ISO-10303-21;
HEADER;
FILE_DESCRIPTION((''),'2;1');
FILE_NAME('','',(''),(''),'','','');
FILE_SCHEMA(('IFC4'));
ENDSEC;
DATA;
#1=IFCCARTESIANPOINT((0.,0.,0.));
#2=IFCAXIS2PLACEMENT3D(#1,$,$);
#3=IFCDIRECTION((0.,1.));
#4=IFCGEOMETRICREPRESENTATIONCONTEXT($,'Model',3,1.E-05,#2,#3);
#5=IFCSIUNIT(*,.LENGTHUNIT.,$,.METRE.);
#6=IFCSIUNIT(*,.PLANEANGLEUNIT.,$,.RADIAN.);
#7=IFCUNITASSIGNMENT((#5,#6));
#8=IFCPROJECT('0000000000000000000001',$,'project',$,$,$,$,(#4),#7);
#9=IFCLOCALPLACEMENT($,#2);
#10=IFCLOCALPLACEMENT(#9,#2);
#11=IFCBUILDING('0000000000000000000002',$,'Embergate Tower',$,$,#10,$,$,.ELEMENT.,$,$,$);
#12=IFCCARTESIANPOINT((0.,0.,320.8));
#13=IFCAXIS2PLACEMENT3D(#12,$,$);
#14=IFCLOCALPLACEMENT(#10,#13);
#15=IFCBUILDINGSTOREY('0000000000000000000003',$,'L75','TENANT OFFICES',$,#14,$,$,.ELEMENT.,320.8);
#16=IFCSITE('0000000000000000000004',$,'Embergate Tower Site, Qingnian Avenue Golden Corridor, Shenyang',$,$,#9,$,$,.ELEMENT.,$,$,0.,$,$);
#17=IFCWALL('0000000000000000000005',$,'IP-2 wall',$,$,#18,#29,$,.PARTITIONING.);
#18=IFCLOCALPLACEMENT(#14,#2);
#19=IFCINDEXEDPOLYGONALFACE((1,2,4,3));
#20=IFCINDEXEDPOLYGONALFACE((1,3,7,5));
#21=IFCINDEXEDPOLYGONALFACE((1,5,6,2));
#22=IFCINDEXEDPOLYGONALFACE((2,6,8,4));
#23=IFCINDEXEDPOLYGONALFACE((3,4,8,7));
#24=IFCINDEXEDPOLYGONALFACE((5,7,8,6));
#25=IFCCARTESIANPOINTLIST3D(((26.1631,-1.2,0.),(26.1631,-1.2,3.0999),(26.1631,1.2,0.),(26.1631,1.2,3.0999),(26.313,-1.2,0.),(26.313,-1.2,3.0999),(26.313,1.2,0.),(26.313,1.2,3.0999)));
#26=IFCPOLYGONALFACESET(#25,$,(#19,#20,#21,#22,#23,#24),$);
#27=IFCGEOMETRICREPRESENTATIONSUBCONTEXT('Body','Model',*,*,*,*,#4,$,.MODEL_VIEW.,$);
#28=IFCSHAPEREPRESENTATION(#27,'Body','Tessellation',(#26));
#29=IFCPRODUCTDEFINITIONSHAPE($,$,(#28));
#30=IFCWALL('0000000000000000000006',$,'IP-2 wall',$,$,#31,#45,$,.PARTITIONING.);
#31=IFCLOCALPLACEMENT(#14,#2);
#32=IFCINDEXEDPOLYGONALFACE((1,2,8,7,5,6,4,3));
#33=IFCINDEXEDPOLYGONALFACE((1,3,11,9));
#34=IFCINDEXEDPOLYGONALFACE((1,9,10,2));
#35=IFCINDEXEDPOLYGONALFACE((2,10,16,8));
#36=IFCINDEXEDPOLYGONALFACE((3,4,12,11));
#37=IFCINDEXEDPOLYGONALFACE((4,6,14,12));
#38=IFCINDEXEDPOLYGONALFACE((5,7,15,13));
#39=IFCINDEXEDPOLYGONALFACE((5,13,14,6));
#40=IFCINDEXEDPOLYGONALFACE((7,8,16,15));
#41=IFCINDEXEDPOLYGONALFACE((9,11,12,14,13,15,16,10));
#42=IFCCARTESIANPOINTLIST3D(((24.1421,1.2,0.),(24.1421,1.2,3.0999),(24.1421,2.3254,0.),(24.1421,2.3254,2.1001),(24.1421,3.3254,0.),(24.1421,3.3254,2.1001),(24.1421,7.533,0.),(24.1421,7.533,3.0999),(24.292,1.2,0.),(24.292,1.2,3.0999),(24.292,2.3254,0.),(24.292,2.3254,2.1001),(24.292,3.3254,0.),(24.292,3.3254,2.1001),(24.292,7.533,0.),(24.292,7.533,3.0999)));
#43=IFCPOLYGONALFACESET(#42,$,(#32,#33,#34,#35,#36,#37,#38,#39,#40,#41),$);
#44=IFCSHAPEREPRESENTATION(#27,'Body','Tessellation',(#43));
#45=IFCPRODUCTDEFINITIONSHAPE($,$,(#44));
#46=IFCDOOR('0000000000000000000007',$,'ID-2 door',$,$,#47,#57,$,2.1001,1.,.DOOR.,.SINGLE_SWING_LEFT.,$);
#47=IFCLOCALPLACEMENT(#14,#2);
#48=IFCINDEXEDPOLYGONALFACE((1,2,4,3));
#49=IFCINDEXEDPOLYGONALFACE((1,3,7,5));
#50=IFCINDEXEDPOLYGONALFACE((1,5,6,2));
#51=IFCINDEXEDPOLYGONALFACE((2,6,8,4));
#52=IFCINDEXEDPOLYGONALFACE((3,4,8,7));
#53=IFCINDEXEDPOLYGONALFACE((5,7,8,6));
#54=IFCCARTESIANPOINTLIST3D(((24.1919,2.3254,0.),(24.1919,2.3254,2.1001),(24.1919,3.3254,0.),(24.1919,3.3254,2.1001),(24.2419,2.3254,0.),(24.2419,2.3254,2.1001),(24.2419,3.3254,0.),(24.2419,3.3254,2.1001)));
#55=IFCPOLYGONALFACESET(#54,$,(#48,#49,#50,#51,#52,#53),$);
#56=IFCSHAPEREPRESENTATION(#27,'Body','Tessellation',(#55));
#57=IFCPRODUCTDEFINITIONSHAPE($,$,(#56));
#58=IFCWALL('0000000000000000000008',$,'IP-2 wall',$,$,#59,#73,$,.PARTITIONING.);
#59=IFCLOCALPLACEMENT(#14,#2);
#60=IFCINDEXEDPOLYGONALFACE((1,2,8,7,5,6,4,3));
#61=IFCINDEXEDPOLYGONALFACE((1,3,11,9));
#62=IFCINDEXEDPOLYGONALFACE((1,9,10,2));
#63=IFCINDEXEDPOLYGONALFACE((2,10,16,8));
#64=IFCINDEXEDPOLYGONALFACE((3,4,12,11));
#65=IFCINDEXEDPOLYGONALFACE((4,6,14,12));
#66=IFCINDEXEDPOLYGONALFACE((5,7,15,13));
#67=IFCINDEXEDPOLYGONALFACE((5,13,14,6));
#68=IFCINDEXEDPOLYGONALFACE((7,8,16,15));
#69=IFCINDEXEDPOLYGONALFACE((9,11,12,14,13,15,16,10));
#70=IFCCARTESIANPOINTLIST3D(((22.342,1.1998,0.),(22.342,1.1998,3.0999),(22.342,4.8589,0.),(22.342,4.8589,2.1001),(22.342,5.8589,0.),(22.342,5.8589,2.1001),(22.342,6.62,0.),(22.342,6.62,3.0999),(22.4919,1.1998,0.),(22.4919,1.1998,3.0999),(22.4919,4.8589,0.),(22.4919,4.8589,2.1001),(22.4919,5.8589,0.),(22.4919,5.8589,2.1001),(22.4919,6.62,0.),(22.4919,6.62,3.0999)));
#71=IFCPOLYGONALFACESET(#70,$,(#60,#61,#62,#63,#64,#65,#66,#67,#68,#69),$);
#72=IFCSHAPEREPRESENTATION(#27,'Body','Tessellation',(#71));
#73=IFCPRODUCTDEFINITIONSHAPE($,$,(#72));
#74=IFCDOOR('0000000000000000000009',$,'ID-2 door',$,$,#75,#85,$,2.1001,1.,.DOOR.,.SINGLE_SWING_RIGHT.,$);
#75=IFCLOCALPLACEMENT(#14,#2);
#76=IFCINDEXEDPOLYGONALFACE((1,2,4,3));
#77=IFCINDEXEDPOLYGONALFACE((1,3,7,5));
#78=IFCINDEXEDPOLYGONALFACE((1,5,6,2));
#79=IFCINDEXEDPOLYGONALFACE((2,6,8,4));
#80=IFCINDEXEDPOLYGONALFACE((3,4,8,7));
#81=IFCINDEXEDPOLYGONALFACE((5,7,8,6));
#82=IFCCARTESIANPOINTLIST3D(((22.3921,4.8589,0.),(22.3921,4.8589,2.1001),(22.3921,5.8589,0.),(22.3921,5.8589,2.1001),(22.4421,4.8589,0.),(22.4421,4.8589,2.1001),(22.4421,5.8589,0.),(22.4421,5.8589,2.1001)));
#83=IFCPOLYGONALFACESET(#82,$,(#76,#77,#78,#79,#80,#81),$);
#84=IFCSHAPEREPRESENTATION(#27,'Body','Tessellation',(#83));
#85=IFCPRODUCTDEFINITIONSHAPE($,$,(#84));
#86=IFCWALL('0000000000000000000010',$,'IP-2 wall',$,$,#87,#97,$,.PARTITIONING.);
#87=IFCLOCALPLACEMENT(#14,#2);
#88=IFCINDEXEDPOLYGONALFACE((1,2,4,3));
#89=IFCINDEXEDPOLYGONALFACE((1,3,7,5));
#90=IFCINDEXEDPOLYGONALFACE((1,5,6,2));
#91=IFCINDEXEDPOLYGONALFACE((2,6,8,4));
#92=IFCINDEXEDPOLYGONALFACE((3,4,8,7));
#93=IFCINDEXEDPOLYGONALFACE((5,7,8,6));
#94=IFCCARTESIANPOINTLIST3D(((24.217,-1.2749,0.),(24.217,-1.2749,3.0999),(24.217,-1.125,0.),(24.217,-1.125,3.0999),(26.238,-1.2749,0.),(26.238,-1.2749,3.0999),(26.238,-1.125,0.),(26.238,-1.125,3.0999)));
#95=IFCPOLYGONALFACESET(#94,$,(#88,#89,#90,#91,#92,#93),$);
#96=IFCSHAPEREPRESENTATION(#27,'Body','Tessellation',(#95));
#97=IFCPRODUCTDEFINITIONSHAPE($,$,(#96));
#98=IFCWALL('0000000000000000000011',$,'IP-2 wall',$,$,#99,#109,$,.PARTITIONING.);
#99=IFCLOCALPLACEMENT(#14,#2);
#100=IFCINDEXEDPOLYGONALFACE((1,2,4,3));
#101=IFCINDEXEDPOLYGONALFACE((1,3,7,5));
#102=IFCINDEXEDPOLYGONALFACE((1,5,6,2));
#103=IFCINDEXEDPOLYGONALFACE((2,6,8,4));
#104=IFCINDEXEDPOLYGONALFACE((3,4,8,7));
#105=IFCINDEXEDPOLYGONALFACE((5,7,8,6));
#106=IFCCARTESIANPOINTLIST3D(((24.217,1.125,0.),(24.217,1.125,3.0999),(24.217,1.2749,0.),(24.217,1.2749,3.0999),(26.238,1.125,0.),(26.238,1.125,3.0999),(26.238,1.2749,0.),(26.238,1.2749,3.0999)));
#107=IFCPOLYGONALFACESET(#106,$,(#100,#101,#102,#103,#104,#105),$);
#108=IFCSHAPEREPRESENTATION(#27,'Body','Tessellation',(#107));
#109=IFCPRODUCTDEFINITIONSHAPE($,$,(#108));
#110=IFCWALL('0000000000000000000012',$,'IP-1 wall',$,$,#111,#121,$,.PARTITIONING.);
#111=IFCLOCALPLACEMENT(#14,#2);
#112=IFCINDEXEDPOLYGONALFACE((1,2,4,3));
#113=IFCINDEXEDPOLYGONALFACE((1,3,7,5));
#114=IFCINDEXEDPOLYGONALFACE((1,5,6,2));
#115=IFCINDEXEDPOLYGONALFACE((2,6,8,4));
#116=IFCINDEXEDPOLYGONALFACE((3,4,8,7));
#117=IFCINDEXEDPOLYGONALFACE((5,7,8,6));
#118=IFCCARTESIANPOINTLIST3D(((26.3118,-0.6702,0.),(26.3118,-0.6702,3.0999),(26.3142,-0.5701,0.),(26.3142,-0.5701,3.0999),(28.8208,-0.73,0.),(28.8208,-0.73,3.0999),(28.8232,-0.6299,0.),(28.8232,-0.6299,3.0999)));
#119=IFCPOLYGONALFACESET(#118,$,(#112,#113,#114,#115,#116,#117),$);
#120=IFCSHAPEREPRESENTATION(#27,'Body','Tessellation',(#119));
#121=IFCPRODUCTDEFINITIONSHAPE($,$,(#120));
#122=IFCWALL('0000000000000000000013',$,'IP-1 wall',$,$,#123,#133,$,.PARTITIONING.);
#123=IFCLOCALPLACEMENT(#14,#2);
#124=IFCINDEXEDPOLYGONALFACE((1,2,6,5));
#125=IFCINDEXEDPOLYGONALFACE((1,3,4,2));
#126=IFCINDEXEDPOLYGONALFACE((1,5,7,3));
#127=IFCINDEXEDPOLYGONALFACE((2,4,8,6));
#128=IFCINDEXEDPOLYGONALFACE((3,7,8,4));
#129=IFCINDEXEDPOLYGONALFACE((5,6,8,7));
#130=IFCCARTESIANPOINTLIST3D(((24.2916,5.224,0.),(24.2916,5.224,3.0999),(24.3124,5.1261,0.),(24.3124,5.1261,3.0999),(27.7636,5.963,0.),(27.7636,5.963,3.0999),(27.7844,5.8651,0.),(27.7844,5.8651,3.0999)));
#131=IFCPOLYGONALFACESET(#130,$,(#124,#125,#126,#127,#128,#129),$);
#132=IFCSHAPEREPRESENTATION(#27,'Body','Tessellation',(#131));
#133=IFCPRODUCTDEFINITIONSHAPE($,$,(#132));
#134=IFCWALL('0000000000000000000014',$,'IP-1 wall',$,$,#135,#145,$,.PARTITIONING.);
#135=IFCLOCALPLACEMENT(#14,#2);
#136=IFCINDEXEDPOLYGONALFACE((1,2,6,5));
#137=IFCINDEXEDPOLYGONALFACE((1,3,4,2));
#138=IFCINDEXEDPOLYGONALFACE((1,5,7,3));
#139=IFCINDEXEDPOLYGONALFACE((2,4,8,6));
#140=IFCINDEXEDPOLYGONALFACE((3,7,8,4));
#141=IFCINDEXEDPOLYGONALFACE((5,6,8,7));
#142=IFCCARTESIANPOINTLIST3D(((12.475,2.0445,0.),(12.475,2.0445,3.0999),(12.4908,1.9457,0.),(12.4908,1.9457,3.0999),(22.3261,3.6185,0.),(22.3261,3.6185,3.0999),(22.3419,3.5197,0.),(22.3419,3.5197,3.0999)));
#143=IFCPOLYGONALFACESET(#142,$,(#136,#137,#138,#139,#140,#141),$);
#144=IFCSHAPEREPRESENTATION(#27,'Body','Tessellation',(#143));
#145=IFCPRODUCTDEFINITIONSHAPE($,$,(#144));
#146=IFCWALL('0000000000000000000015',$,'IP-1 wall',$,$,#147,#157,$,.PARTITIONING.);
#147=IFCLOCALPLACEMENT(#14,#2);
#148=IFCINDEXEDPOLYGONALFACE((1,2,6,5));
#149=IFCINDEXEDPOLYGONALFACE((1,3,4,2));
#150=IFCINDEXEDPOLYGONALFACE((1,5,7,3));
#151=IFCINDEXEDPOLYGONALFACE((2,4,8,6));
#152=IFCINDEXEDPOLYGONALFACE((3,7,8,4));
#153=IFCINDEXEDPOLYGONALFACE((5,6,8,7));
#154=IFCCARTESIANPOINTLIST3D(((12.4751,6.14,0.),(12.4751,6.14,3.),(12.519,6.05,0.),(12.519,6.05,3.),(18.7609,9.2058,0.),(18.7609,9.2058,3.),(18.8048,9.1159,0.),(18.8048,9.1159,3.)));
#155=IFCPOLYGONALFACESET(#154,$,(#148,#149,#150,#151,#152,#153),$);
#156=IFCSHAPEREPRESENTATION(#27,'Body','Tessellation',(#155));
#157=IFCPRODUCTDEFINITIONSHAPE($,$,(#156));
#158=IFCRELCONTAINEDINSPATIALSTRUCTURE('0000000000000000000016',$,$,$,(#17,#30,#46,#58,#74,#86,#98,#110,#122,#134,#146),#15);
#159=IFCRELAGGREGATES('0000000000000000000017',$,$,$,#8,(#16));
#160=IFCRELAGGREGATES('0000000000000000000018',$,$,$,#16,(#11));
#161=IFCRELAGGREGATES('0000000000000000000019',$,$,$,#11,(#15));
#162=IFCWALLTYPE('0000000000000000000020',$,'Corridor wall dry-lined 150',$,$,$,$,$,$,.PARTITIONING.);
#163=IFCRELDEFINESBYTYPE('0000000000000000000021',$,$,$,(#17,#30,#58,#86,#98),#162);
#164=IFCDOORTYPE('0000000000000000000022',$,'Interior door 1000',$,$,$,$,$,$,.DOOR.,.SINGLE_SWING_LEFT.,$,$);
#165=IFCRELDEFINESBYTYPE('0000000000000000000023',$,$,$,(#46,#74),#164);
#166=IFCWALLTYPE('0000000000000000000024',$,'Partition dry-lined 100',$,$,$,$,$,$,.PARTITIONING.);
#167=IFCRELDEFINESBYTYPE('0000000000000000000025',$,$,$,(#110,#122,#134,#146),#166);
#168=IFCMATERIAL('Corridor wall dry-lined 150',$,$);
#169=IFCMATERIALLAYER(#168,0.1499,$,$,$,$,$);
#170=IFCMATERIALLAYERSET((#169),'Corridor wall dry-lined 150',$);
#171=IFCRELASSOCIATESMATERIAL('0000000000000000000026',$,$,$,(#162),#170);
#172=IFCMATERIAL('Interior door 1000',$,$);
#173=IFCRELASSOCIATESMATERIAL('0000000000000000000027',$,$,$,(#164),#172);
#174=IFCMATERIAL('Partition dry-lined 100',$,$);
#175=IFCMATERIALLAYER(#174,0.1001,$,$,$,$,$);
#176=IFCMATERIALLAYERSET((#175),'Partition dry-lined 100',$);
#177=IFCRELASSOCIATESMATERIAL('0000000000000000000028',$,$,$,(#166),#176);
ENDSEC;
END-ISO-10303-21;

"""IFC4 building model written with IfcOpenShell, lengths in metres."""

from ifc_helpers import new_model, si_unit, direction, frame, frame_2d, origin, place, context, subcontext, project, spatial, rectangle, extrude, source, transform, mapped, material, layer, layer_set, type_object, element, fill, save


model = new_model("IFC4")

# Units and contexts
model_context = context("Model", 3, precision=1e-05, world=origin(), true_north=direction((0.0, 1.0)))
body_context = subcontext(model_context, "Body", "Model", "MODEL_VIEW")
ifc_project = project(units=[si_unit("LENGTHUNIT", "METRE"), si_unit("PLANEANGLEUNIT", "RADIAN")], contexts=[model_context])

# Site, building, storey
site_placement = place(None, origin())
site = spatial("IfcSite", under=ifc_project, at=site_placement, Name="Embergate Tower Site, Qingnian Avenue Golden Corridor, Shenyang", CompositionType="ELEMENT", RefElevation=0.0)
building_placement = place(site_placement, origin())
building = spatial("IfcBuilding", under=site, at=building_placement, Name="Embergate Tower", CompositionType="ELEMENT")
storey_placement = place(building_placement, frame((0.0, 0.0, 320.8)))
storey = spatial("IfcBuildingStorey", under=building, at=storey_placement, Name="L75", Description="TENANT OFFICES", CompositionType="ELEMENT", Elevation=320.8)

# Wall
ifc_material_1 = material(Name="Corridor wall dry-lined 150")
ifc_layer_1 = layer(ifc_material_1, 0.1499)
ifc_layer_set_1 = layer_set([ifc_layer_1], Name="Corridor wall dry-lined 150")
wall_type_1 = type_object("IfcWallType", Name="Corridor wall dry-lined 150", PredefinedType="PARTITIONING", material=ifc_layer_set_1)
shared_shape_1 = source(origin(), body_context, "Body", "SweptSolid", [
    extrude(rectangle(XDim=2.3999, YDim=0.1499, at=frame_2d((1.2, 0.0))), origin(), (0.0, 0.0, 1.0), 3.0999),
])
wall_1_placement = place(storey_placement, frame((26.238, 1.2, 0.0), z_axis=(0.0, 0.0, 1.0), x_axis=(0.0, -1.0, 0.0)))
element("IfcWall", 1, at=wall_1_placement, inside=storey, type_object=wall_type_1, Name="IP-2 wall", PredefinedType="PARTITIONING", context=body_context, shape_type="MappedRepresentation", body=[
    mapped(shared_shape_1, transform((0.0, 0.0, 0.0))),
])

# Walls, openings, doors
shared_shape_2 = source(origin(), body_context, "Body", "SweptSolid", [
    extrude(rectangle(XDim=6.333, YDim=0.1499, at=frame_2d((3.1665, 0.0))), origin(), (0.0, 0.0, 1.0), 3.0999),
])
wall_2_placement = place(storey_placement, frame((24.217, 7.533, 0.0), z_axis=(0.0, 0.0, 1.0), x_axis=(0.0, -1.0, 0.0)))
wall_2 = element("IfcWall", 2, at=wall_2_placement, inside=storey, type_object=wall_type_1, Name="IP-2 wall", PredefinedType="PARTITIONING", context=body_context, shape_type="MappedRepresentation", body=[
    mapped(shared_shape_2, transform((0.0, 0.0, 0.0))),
])
shared_shape_3 = source(origin(), body_context, "Body", "SweptSolid", [
    extrude(rectangle(XDim=1.0, YDim=2.1001, at=frame_2d((0.5, 1.05))), frame((0.0, 0.085, 0.0), z_axis=(0.0, -1.0, 0.0), x_axis=(1.0, 0.0, 0.0)), (0.0, 0.0, 1.0), 0.1699),
])
opening_1_placement = place(wall_2_placement, frame((4.2075, 0.0, 0.0)))
opening_1 = element("IfcOpeningElement", 3, at=opening_1_placement, cuts=wall_2, PredefinedType="OPENING", context=body_context, shape_type="MappedRepresentation", body=[
    mapped(shared_shape_3, transform((0.0, 0.0, 0.0))),
])
ifc_material_2 = material(Name="Interior door 1000")
door_type = type_object("IfcDoorType", Name="Interior door 1000", OperationType="SINGLE_SWING_LEFT", PredefinedType="DOOR", material=ifc_material_2)
shared_shape_4 = source(origin(), body_context, "Body", "SweptSolid", [
    extrude(rectangle(XDim=1.0, YDim=2.1001, at=frame_2d((0.5, 1.05))), frame((0.0, 0.0249, 0.0), z_axis=(0.0, -1.0, 0.0), x_axis=(1.0, 0.0, 0.0)), (0.0, 0.0, 1.0), 0.05),
])
door_1_placement = place(opening_1_placement, origin())
door_1 = element("IfcDoor", 4, at=door_1_placement, inside=storey, type_object=door_type, Name="ID-2 door", OperationType="SINGLE_SWING_LEFT", OverallHeight=2.1001, OverallWidth=1.0, PredefinedType="DOOR", context=body_context, shape_type="MappedRepresentation", body=[
    mapped(shared_shape_4, transform((0.0, 0.0, 0.0))),
])
fill(opening_1, door_1)
shared_shape_5 = source(origin(), body_context, "Body", "SweptSolid", [
    extrude(rectangle(XDim=5.4202, YDim=0.1499, at=frame_2d((2.71, 0.0))), origin(), (0.0, 0.0, 1.0), 3.0999),
])
wall_3_placement = place(storey_placement, frame((22.417, 1.2, 0.0), z_axis=(0.0, 0.0, 1.0), x_axis=(0.0, 1.0, 0.0)))
wall_3 = element("IfcWall", 5, at=wall_3_placement, inside=storey, type_object=wall_type_1, Name="IP-2 wall", PredefinedType="PARTITIONING", context=body_context, shape_type="MappedRepresentation", body=[
    mapped(shared_shape_5, transform((0.0, 0.0, 0.0))),
])
opening_2_placement = place(wall_3_placement, frame((3.6589, 0.0, 0.0)))
opening_2 = element("IfcOpeningElement", 6, at=opening_2_placement, cuts=wall_3, PredefinedType="OPENING", context=body_context, shape_type="MappedRepresentation", body=[
    mapped(shared_shape_3, transform((0.0, 0.0, 0.0))),
])
door_2_placement = place(opening_2_placement, origin())
door_2 = element("IfcDoor", 7, at=door_2_placement, inside=storey, type_object=door_type, Name="ID-2 door", OperationType="SINGLE_SWING_RIGHT", OverallHeight=2.1001, OverallWidth=1.0, PredefinedType="DOOR", context=body_context, shape_type="MappedRepresentation", body=[
    mapped(shared_shape_4, transform((0.0, 0.0, 0.0))),
])
fill(opening_2, door_2)

# Walls
shared_shape_6 = source(origin(), body_context, "Body", "SweptSolid", [
    extrude(rectangle(XDim=2.021, YDim=0.1499, at=frame_2d((1.0105, 0.0))), origin(), (0.0, 0.0, 1.0), 3.0999),
])
for number, where, z_axis, x_axis, name in (
    (8, (26.238, -1.2, 0.0), (0.0, 0.0, 1.0), (-1.0, 0.0, 0.0), "IP-2 wall"),
    (9, (24.217, 1.2, 0.0), (0.0, 0.0, 1.0), (1.0, 0.0, 0.0), "IP-2 wall"),
):
    element("IfcWall", number, at=place(storey_placement, frame(where, z_axis=z_axis, x_axis=x_axis)), inside=storey, type_object=wall_type_1, Name=name, PredefinedType="PARTITIONING", context=body_context, shape_type="MappedRepresentation", body=[
        mapped(shared_shape_6, transform((0.0, 0.0, 0.0))),
    ])
ifc_material_3 = material(Name="Partition dry-lined 100")
ifc_layer_2 = layer(ifc_material_3, 0.1001)
ifc_layer_set_2 = layer_set([ifc_layer_2], Name="Partition dry-lined 100")
wall_type_2 = type_object("IfcWallType", Name="Partition dry-lined 100", PredefinedType="PARTITIONING", material=ifc_layer_set_2)
shared_shape_7 = source(origin(), body_context, "Body", "SweptSolid", [
    extrude(rectangle(XDim=2.5098, YDim=0.1001, at=frame_2d((1.2549, 0.0))), origin(), (0.0, 0.0, 1.0), 3.0999),
])
wall_4_placement = place(storey_placement, frame((26.313, -0.6201, 0.0), z_axis=(0.0, 0.0, 1.0), x_axis=(0.999716, -0.023833, 0.0)))
element("IfcWall", 10, at=wall_4_placement, inside=storey, type_object=wall_type_2, Name="IP-1 wall", PredefinedType="PARTITIONING", context=body_context, shape_type="MappedRepresentation", body=[
    mapped(shared_shape_7, transform((0.0, 0.0, 0.0))),
])
shared_shape_8 = source(origin(), body_context, "Body", "SweptSolid", [
    extrude(rectangle(XDim=3.5498, YDim=0.1001, at=frame_2d((1.7749, 0.0))), origin(), (0.0, 0.0, 1.0), 3.0999),
])
wall_5_placement = place(storey_placement, frame((24.302, 5.175, 0.0), z_axis=(0.0, 0.0, 1.0), x_axis=(0.978088, 0.20819, 0.0)))
element("IfcWall", 11, at=wall_5_placement, inside=storey, type_object=wall_type_2, Name="IP-1 wall", PredefinedType="PARTITIONING", context=body_context, shape_type="MappedRepresentation", body=[
    mapped(shared_shape_8, transform((0.0, 0.0, 0.0))),
])
shared_shape_9 = source(origin(), body_context, "Body", "SweptSolid", [
    extrude(rectangle(XDim=9.9761, YDim=0.1001, at=frame_2d((4.988, 0.0))), origin(), (0.0, 0.0, 1.0), 3.0999),
])
wall_6_placement = place(storey_placement, frame((22.334, 3.5691, 0.0), z_axis=(0.0, 0.0, 1.0), x_axis=(-0.987475, -0.157776, 0.0)))
element("IfcWall", 12, at=wall_6_placement, inside=storey, type_object=wall_type_2, Name="IP-1 wall", PredefinedType="PARTITIONING", context=body_context, shape_type="MappedRepresentation", body=[
    mapped(shared_shape_9, transform((0.0, 0.0, 0.0))),
])
shared_shape_10 = source(origin(), body_context, "Body", "SweptSolid", [
    extrude(rectangle(XDim=6.9937, YDim=0.1001, at=frame_2d((3.4968, 0.0))), origin(), (0.0, 0.0, 1.0), 3.0),
])
wall_7_placement = place(storey_placement, frame((12.4971, 6.095, 0.0), z_axis=(0.0, 0.0, 1.0), x_axis=(0.898789, 0.438381, 0.0)))
element("IfcWall", 13, at=wall_7_placement, inside=storey, type_object=wall_type_2, Name="IP-1 wall", PredefinedType="PARTITIONING", context=body_context, shape_type="MappedRepresentation", body=[
    mapped(shared_shape_10, transform((0.0, 0.0, 0.0))),
])

save(model, "model.ifc")
